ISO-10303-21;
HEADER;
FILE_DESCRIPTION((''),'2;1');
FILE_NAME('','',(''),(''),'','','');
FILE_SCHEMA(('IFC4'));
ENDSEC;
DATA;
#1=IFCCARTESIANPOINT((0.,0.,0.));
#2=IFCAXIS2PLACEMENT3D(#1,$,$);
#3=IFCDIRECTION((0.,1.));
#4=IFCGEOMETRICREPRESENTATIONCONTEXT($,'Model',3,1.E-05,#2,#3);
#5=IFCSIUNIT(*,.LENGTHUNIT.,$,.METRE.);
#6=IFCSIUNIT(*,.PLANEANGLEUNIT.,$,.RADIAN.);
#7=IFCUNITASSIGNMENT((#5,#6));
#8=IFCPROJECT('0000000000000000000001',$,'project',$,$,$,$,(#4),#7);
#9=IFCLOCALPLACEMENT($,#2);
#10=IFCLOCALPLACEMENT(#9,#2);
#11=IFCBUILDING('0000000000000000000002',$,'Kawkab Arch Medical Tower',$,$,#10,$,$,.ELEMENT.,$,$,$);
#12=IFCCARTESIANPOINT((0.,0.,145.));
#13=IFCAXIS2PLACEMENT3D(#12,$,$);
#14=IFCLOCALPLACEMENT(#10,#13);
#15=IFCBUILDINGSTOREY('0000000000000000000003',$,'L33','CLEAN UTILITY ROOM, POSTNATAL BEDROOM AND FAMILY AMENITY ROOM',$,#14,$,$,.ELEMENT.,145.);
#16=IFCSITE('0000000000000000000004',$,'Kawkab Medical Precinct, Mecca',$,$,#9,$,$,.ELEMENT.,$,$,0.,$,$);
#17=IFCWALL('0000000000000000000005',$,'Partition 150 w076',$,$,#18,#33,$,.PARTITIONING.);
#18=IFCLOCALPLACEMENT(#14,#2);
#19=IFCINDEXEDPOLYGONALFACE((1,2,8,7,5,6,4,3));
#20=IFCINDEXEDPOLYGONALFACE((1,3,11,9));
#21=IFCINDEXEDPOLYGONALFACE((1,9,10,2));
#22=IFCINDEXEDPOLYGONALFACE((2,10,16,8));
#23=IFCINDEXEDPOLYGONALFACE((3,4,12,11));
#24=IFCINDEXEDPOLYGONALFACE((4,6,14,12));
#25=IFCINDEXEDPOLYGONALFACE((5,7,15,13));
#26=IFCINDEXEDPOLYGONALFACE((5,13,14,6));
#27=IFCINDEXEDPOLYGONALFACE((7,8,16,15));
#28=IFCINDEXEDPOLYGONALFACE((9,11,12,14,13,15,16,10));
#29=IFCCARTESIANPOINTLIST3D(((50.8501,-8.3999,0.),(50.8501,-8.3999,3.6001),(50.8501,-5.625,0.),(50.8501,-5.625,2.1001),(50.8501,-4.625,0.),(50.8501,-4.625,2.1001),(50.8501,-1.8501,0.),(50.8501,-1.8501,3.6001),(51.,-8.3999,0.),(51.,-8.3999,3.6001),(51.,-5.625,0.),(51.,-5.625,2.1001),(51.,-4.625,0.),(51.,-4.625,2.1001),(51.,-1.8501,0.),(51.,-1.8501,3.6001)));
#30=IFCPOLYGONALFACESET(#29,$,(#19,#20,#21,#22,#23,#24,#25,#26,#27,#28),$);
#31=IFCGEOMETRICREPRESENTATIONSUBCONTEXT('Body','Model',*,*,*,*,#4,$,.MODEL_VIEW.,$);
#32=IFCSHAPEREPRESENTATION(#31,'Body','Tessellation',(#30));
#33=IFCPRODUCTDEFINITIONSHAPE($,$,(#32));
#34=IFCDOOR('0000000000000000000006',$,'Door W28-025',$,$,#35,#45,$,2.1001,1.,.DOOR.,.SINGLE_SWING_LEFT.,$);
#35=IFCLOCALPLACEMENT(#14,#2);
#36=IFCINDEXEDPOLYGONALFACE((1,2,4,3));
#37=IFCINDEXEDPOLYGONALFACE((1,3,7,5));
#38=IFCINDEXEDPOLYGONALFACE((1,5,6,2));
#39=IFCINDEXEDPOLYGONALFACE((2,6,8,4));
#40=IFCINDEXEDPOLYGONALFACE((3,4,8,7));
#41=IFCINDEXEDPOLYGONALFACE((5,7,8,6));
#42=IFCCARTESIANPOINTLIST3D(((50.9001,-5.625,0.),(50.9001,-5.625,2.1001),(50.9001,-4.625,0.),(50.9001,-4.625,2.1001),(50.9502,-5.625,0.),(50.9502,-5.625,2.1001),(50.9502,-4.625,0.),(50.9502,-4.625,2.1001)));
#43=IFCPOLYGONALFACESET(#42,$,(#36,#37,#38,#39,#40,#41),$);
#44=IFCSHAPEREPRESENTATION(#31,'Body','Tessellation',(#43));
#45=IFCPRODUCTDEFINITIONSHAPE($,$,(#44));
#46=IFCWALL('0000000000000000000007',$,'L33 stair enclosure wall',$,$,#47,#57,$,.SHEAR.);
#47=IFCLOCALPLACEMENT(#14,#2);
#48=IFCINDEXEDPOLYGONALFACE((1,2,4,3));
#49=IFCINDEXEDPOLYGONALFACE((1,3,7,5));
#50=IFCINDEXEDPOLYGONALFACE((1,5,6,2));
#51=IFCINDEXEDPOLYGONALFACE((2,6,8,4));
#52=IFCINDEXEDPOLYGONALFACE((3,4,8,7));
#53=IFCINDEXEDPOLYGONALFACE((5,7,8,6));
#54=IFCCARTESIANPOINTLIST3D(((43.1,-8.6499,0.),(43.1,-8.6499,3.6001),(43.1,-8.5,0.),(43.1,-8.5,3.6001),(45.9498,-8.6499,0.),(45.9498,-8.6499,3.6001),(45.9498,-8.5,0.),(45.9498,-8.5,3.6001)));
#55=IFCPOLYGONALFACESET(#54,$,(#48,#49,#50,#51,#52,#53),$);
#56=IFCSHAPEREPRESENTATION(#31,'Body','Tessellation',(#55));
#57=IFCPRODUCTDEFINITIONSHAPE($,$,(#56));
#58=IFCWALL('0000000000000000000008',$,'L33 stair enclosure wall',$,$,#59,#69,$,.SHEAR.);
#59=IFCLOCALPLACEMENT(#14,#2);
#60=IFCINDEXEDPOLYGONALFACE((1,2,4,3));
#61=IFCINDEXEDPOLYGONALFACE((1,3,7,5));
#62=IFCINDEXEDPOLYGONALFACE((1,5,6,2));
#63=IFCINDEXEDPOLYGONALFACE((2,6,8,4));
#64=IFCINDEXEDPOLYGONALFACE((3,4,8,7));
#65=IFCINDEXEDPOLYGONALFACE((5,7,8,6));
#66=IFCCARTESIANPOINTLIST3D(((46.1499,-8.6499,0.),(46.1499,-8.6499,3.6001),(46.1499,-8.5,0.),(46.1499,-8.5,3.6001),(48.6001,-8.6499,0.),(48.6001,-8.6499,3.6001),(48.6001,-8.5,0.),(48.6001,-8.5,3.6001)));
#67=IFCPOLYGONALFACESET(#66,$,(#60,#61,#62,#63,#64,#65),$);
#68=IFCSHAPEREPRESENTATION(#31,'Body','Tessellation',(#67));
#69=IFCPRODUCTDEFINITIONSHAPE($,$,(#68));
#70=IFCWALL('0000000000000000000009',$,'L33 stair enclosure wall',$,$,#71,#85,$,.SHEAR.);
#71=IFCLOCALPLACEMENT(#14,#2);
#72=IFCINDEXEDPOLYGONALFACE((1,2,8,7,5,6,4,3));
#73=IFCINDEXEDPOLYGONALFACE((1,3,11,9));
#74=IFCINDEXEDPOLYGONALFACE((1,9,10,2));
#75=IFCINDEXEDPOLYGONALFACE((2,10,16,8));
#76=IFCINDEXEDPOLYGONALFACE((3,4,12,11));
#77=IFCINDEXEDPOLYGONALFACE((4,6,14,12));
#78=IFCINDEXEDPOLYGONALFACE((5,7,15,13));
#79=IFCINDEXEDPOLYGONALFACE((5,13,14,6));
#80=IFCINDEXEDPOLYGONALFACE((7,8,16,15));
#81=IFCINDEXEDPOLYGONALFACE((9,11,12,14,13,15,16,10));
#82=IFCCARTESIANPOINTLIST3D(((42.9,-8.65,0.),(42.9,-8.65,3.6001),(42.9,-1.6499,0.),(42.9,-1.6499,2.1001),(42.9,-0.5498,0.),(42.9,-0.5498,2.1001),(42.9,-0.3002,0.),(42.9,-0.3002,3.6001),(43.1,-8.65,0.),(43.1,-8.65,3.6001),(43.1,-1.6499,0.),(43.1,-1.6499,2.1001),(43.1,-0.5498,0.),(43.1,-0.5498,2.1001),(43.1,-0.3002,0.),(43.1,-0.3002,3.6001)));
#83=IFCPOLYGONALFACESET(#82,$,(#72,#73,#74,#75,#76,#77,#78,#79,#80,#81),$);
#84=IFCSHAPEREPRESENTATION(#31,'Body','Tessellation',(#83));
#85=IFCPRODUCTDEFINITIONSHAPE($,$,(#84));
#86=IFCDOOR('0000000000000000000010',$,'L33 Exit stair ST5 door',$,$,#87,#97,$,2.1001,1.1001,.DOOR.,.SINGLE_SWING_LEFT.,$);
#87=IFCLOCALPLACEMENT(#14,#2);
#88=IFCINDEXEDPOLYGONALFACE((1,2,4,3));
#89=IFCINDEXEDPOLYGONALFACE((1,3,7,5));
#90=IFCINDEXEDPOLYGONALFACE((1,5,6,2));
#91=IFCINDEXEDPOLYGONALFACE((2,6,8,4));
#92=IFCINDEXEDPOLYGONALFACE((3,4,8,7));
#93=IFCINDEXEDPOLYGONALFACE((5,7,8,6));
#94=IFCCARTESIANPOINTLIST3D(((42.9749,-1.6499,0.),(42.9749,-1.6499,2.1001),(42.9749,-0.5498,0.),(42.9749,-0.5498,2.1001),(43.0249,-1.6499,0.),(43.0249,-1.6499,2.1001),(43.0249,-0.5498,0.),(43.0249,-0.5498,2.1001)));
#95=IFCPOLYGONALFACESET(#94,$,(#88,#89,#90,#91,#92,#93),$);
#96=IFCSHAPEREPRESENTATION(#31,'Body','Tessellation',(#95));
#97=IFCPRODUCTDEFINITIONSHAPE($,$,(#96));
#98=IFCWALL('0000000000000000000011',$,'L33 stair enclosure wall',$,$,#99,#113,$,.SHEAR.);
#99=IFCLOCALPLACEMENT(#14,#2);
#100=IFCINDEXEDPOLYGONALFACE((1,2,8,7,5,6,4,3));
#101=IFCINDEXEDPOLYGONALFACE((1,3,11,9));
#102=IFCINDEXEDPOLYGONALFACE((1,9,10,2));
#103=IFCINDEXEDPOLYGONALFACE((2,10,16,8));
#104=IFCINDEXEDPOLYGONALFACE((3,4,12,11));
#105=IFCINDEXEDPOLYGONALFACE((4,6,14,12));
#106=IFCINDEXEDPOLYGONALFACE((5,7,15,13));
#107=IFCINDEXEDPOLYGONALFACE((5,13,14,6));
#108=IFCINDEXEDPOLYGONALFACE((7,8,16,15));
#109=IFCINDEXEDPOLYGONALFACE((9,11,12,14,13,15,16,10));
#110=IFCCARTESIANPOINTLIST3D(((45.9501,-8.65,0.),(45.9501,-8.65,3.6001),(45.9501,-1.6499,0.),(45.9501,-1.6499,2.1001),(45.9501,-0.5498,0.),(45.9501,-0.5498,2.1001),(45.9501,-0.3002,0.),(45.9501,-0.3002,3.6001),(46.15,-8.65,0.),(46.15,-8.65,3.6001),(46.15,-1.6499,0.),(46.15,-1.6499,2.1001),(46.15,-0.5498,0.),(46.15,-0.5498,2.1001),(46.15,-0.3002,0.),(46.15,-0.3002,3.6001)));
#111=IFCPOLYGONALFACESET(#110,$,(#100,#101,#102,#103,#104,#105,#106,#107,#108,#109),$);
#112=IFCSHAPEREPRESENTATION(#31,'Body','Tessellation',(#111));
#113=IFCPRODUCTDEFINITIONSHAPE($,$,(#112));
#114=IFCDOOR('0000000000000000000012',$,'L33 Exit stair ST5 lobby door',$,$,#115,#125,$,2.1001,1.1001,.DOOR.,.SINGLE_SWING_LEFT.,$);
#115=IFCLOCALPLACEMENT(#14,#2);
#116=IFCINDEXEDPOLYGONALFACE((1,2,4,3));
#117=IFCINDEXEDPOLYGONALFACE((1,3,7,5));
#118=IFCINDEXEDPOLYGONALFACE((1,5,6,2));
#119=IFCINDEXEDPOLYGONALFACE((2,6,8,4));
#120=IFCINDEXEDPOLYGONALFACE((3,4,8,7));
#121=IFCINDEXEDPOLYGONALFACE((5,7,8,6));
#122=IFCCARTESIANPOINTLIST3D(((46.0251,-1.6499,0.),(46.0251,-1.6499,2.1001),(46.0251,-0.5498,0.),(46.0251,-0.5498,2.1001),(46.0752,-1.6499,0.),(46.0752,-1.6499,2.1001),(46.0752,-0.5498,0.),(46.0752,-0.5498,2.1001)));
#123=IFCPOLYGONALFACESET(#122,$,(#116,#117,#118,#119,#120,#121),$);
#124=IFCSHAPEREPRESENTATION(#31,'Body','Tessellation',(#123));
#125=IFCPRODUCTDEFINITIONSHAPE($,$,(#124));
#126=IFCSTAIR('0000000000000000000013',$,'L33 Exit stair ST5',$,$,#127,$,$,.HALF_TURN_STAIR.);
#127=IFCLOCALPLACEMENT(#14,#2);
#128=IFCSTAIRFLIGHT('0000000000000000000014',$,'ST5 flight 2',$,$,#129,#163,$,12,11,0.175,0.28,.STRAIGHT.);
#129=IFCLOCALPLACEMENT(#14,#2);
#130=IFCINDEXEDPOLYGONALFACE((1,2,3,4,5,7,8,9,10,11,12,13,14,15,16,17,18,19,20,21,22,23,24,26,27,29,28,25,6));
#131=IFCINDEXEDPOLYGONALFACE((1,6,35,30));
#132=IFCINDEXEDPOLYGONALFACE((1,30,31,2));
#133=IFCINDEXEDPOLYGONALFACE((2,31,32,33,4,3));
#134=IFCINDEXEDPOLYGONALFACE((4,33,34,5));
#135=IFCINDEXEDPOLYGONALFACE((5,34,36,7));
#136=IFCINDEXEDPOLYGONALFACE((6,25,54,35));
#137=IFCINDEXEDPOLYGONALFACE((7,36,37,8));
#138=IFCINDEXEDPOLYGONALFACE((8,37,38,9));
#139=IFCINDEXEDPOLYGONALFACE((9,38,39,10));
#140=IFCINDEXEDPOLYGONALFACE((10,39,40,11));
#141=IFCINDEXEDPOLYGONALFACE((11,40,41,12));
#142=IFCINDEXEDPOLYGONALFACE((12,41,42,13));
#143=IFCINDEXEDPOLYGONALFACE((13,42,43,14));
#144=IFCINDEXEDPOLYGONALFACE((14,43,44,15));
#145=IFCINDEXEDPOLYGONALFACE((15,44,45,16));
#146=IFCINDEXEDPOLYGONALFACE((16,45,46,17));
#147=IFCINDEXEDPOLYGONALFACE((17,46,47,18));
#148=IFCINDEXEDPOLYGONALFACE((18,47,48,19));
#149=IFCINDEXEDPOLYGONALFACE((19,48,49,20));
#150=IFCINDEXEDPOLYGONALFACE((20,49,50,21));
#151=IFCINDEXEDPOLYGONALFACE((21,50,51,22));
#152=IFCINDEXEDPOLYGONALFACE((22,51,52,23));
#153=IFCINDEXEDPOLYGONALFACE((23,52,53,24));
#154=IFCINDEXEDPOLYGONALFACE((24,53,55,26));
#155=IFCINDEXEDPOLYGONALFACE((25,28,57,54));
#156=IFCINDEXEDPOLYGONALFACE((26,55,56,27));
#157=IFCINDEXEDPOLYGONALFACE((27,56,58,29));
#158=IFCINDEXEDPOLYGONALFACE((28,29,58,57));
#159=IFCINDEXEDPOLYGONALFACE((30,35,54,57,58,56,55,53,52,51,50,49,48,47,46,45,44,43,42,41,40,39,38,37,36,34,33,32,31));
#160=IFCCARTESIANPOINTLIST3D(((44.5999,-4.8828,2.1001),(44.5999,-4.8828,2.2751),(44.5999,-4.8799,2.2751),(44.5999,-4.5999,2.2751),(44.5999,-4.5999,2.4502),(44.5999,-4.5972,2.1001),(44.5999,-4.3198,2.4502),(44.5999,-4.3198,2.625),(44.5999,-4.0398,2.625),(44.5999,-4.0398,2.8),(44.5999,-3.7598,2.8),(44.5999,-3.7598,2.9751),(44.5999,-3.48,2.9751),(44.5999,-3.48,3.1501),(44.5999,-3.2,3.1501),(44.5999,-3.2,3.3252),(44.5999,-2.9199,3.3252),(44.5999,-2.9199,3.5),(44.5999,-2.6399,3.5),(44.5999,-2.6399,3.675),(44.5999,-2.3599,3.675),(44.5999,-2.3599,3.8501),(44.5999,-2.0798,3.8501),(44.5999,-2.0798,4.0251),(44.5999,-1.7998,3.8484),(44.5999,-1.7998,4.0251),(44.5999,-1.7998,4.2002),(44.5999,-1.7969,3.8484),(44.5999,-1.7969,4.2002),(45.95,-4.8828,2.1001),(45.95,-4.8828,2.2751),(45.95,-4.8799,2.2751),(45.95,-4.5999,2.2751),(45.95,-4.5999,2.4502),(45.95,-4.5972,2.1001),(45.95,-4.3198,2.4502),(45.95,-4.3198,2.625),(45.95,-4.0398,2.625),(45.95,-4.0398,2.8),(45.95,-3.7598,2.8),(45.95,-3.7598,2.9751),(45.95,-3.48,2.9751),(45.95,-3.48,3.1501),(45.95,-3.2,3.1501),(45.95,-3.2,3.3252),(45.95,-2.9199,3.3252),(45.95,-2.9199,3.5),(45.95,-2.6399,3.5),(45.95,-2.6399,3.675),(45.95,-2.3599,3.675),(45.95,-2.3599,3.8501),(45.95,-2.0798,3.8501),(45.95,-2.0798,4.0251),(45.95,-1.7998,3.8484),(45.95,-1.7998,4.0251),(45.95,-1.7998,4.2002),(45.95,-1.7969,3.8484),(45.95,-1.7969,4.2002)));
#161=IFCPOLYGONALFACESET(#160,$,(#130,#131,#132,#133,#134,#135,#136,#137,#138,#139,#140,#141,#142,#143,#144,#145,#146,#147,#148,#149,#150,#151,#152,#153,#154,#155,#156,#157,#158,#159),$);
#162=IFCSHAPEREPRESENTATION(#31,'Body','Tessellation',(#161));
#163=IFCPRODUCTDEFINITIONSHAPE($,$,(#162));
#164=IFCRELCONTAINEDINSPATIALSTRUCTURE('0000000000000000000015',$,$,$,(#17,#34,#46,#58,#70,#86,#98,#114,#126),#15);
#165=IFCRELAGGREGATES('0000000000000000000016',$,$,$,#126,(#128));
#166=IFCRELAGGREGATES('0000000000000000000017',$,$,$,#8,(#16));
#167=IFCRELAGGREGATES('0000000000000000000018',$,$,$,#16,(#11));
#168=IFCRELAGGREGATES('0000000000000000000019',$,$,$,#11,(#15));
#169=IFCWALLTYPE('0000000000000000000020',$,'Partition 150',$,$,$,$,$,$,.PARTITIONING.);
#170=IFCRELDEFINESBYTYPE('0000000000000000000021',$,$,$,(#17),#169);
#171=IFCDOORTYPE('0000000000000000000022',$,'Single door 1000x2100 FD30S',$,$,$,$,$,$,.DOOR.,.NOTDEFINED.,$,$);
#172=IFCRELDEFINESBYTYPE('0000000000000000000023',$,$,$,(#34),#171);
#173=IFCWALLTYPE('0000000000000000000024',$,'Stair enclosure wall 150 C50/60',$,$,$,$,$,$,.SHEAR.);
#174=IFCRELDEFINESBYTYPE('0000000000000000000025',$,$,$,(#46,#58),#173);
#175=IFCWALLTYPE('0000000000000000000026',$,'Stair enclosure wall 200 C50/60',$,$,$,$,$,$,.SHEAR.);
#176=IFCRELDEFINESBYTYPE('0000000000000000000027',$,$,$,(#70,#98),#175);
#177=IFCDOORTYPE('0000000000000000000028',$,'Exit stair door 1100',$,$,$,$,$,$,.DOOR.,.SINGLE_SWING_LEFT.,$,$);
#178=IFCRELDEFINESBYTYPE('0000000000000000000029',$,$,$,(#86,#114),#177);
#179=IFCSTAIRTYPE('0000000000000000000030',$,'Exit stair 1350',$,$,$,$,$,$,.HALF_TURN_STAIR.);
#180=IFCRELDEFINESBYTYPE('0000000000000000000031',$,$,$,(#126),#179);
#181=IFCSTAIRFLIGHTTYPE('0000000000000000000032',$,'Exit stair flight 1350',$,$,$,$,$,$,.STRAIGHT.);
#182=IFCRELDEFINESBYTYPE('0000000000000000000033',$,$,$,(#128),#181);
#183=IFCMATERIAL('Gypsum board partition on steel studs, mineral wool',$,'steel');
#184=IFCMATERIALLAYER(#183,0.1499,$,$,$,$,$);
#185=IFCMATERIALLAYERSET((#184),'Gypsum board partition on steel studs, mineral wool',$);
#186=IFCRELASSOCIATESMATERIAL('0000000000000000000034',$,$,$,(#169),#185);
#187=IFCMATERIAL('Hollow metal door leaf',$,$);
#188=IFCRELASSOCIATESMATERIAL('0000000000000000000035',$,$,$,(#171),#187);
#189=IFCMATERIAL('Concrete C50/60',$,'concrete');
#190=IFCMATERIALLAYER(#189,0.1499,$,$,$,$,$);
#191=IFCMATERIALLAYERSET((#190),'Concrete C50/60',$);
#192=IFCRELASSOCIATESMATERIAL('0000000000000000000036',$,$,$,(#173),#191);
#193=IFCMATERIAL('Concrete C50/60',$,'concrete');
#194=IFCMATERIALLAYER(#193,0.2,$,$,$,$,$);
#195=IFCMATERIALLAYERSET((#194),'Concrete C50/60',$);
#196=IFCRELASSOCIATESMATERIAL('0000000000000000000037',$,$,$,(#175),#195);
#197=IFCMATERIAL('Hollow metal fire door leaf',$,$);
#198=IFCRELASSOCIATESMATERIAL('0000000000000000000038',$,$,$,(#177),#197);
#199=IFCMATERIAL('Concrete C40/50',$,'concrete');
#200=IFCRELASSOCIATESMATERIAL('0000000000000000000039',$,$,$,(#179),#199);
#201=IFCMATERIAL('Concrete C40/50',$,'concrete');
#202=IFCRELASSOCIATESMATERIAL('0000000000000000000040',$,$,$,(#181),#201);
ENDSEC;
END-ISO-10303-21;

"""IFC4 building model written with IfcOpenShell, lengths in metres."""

from ifc_helpers import new_model, si_unit, direction, frame, frame_2d, origin, place, context, subcontext, project, spatial, polyline, rectangle, outline, extrude, material, layer, layer_set, type_object, element, fill, aggregate, save


model = new_model("IFC4")

# Units and contexts
model_context = context("Model", 3, precision=1e-05, world=origin(), true_north=direction((0.0, 1.0)))
body_context = subcontext(model_context, "Body", "Model", "MODEL_VIEW")
ifc_project = project(units=[si_unit("LENGTHUNIT", "METRE"), si_unit("PLANEANGLEUNIT", "RADIAN")], contexts=[model_context])

# Site, building, storey
site_placement = place(None, origin())
site = spatial("IfcSite", under=ifc_project, at=site_placement, Name="Kawkab Medical Precinct, Mecca", CompositionType="ELEMENT", RefElevation=0.0)
building_placement = place(site_placement, origin())
building = spatial("IfcBuilding", under=site, at=building_placement, Name="Kawkab Arch Medical Tower", CompositionType="ELEMENT")
storey_placement = place(building_placement, frame((0.0, 0.0, 145.0)))
storey = spatial("IfcBuildingStorey", under=building, at=storey_placement, Name="L33", Description="CLEAN UTILITY ROOM, POSTNATAL BEDROOM AND FAMILY AMENITY ROOM", CompositionType="ELEMENT", Elevation=145.0)

# Shared definitions
ifc_material_1 = material(Name="Gypsum board partition on steel studs, mineral wool", Category="steel")
ifc_layer_1 = layer(ifc_material_1, 0.1499)
ifc_layer_set_1 = layer_set([ifc_layer_1], Name="Gypsum board partition on steel studs, mineral wool")
wall_type_1 = type_object("IfcWallType", Name="Partition 150", PredefinedType="PARTITIONING", material=ifc_layer_set_1)
ifc_material_2 = material(Name="Hollow metal door leaf")
door_type_1 = type_object("IfcDoorType", Name="Single door 1000x2100 FD30S", OperationType="NOTDEFINED", PredefinedType="DOOR", material=ifc_material_2)

# Wall, opening, door
wall_1_placement = place(storey_placement, frame((50.925, -8.3999, 0.0), z_axis=(0.0, 0.0, 1.0), x_axis=(0.0, 1.0, 0.0)))
wall_1 = element("IfcWall", 1, at=wall_1_placement, inside=storey, type_object=wall_type_1, Name="Partition 150 w076", PredefinedType="PARTITIONING", context=body_context, shape_type="SweptSolid", body=[
    extrude(rectangle(XDim=6.5498, YDim=0.1499, at=frame_2d((3.2749, 0.0))), origin(), (0.0, 0.0, 1.0), 3.6001),
])
opening_1_placement = place(wall_1_placement, frame((2.7749, 0.0, 0.0)))
opening_1 = element("IfcOpeningElement", 2, at=opening_1_placement, cuts=wall_1, PredefinedType="OPENING", context=body_context, shape_type="SweptSolid", body=[
    extrude(rectangle(XDim=1.0, YDim=2.1001, at=frame_2d((0.5, 1.05))), frame((0.0, 0.085, 0.0), z_axis=(0.0, -1.0, 0.0), x_axis=(1.0, 0.0, 0.0)), (0.0, 0.0, 1.0), 0.1699),
])
door_1_placement = place(opening_1_placement, origin())
door_1 = element("IfcDoor", 3, at=door_1_placement, inside=storey, type_object=door_type_1, Name="Door W28-025", OperationType="SINGLE_SWING_LEFT", OverallHeight=2.1001, OverallWidth=1.0, PredefinedType="DOOR", context=body_context, shape_type="SweptSolid", body=[
    extrude(rectangle(XDim=1.0, YDim=2.1001, at=frame_2d((0.5, 1.05))), frame((0.0, 0.0249, 0.0), z_axis=(0.0, -1.0, 0.0), x_axis=(1.0, 0.0, 0.0)), (0.0, 0.0, 1.0), 0.05),
])
fill(opening_1, door_1)

# Walls
ifc_material_3 = material(Name="Concrete C50/60", Category="concrete")
ifc_layer_2 = layer(ifc_material_3, 0.1499)
ifc_layer_set_2 = layer_set([ifc_layer_2], Name="Concrete C50/60")
wall_type_2 = type_object("IfcWallType", Name="Stair enclosure wall 150 C50/60", PredefinedType="SHEAR", material=ifc_layer_set_2)
wall_2_placement = place(storey_placement, frame((43.1001, -8.575, 0.0), z_axis=(0.0, 0.0, 1.0), x_axis=(1.0, 0.0, 0.0)))
element("IfcWall", 4, at=wall_2_placement, inside=storey, type_object=wall_type_2, Name="L33 stair enclosure wall", PredefinedType="SHEAR", context=body_context, shape_type="SweptSolid", body=[
    extrude(rectangle(XDim=2.8499, YDim=0.1499, at=frame_2d((1.4248, 0.0))), origin(), (0.0, 0.0, 1.0), 3.6001),
])
wall_3_placement = place(storey_placement, frame((46.1499, -8.575, 0.0), z_axis=(0.0, 0.0, 1.0), x_axis=(1.0, 0.0, 0.0)))
element("IfcWall", 5, at=wall_3_placement, inside=storey, type_object=wall_type_2, Name="L33 stair enclosure wall", PredefinedType="SHEAR", context=body_context, shape_type="SweptSolid", body=[
    extrude(rectangle(XDim=2.4502, YDim=0.1499, at=frame_2d((1.2251, 0.0))), origin(), (0.0, 0.0, 1.0), 3.6001),
])

# Walls, openings, doors
ifc_material_4 = material(Name="Concrete C50/60", Category="concrete")
ifc_layer_3 = layer(ifc_material_4, 0.2)
ifc_layer_set_3 = layer_set([ifc_layer_3], Name="Concrete C50/60")
wall_type_3 = type_object("IfcWallType", Name="Stair enclosure wall 200 C50/60", PredefinedType="SHEAR", material=ifc_layer_set_3)
wall_4_placement = place(storey_placement, frame((43.0, -8.6499, 0.0), z_axis=(0.0, 0.0, 1.0), x_axis=(0.0, 1.0, 0.0)))
wall_4 = element("IfcWall", 6, at=wall_4_placement, inside=storey, type_object=wall_type_3, Name="L33 stair enclosure wall", PredefinedType="SHEAR", context=body_context, shape_type="SweptSolid", body=[
    extrude(rectangle(XDim=8.3499, YDim=0.2, at=frame_2d((4.1748, 0.0))), origin(), (0.0, 0.0, 1.0), 3.6001),
])
opening_2_placement = place(wall_4_placement, frame((7.0, 0.0, 0.0)))
opening_2 = element("IfcOpeningElement", 7, at=opening_2_placement, cuts=wall_4, PredefinedType="OPENING", context=body_context, shape_type="SweptSolid", body=[
    extrude(rectangle(XDim=1.1001, YDim=2.1001, at=frame_2d((0.55, 1.05))), frame((0.0, 0.1099, 0.0), z_axis=(0.0, -1.0, 0.0), x_axis=(1.0, 0.0, 0.0)), (0.0, 0.0, 1.0), 0.22),
])
ifc_material_5 = material(Name="Hollow metal fire door leaf")
door_type_2 = type_object("IfcDoorType", Name="Exit stair door 1100", OperationType="SINGLE_SWING_LEFT", PredefinedType="DOOR", material=ifc_material_5)
door_2_placement = place(opening_2_placement, frame((1.1001, 0.0, 0.0), z_axis=(0.0, 0.0, 1.0), x_axis=(-1.0, 0.0, 0.0)))
door_2 = element("IfcDoor", 8, at=door_2_placement, inside=storey, type_object=door_type_2, Name="L33 Exit stair ST5 door", OperationType="SINGLE_SWING_LEFT", OverallHeight=2.1001, OverallWidth=1.1001, PredefinedType="DOOR", context=body_context, shape_type="SweptSolid", body=[
    extrude(rectangle(XDim=1.1001, YDim=2.1001, at=frame_2d((0.55, 1.05))), frame((0.0, 0.0249, 0.0), z_axis=(0.0, -1.0, 0.0), x_axis=(1.0, 0.0, 0.0)), (0.0, 0.0, 1.0), 0.05),
])
fill(opening_2, door_2)
wall_5_placement = place(storey_placement, frame((46.05, -8.6499, 0.0), z_axis=(0.0, 0.0, 1.0), x_axis=(0.0, 1.0, 0.0)))
wall_5 = element("IfcWall", 9, at=wall_5_placement, inside=storey, type_object=wall_type_3, Name="L33 stair enclosure wall", PredefinedType="SHEAR", context=body_context, shape_type="SweptSolid", body=[
    extrude(rectangle(XDim=8.3499, YDim=0.2, at=frame_2d((4.1748, 0.0))), origin(), (0.0, 0.0, 1.0), 3.6001),
])
opening_3_placement = place(wall_5_placement, frame((7.0, 0.0, 0.0)))
opening_3 = element("IfcOpeningElement", 10, at=opening_3_placement, cuts=wall_5, PredefinedType="OPENING", context=body_context, shape_type="SweptSolid", body=[
    extrude(rectangle(XDim=1.1001, YDim=2.1001, at=frame_2d((0.55, 1.05))), frame((0.0, 0.1099, 0.0), z_axis=(0.0, -1.0, 0.0), x_axis=(1.0, 0.0, 0.0)), (0.0, 0.0, 1.0), 0.22),
])
door_3_placement = place(opening_3_placement, origin())
door_3 = element("IfcDoor", 11, at=door_3_placement, inside=storey, type_object=door_type_2, Name="L33 Exit stair ST5 lobby door", OperationType="SINGLE_SWING_LEFT", OverallHeight=2.1001, OverallWidth=1.1001, PredefinedType="DOOR", context=body_context, shape_type="SweptSolid", body=[
    extrude(rectangle(XDim=1.1001, YDim=2.1001, at=frame_2d((0.55, 1.05))), frame((0.0, 0.0249, 0.0), z_axis=(0.0, -1.0, 0.0), x_axis=(1.0, 0.0, 0.0)), (0.0, 0.0, 1.0), 0.05),
])
fill(opening_3, door_3)

# Stair, stair flight
ifc_material_6 = material(Name="Concrete C40/50", Category="concrete")
stair_type = type_object("IfcStairType", Name="Exit stair 1350", PredefinedType="HALF_TURN_STAIR", material=ifc_material_6)
stair_placement = place(storey_placement, origin())
stair = element("IfcStair", 12, at=stair_placement, inside=storey, type_object=stair_type, Name="L33 Exit stair ST5", PredefinedType="HALF_TURN_STAIR")
ifc_material_7 = material(Name="Concrete C40/50", Category="concrete")
stair_flight_type = type_object("IfcStairFlightType", Name="Exit stair flight 1350", PredefinedType="STRAIGHT", material=ifc_material_7)
stair_flight_placement = place(storey_placement, frame((45.2749, -4.8799, 2.1001), z_axis=(0.0, 0.0, 1.0), x_axis=(0.0, 1.0, 0.0)))
stair_flight = element("IfcStairFlight", 13, at=stair_flight_placement, type_object=stair_flight_type, Name="ST5 flight 2", NumberOfRisers=12, NumberOfTreads=11, PredefinedType="STRAIGHT", RiserHeight=0.175, TreadLength=0.28, context=body_context, shape_type="SweptSolid", body=[
    extrude(outline(polyline([(-0.0029, 0.0), (-0.0029, 0.175), (0.0, 0.175), (0.28, 0.175), (0.28, 0.3501), (0.5601, 0.3501), (0.5601, 0.5249), (0.8401, 0.5249), (0.8401, 0.7), (1.1201, 0.7), (1.1201, 0.875), (1.3999, 0.875), (1.3999, 1.05), (1.6799, 1.05), (1.6799, 1.2251), (1.96, 1.2251), (1.96, 1.3999), (2.24, 1.3999), (2.24, 1.575), (2.52, 1.575), (2.52, 1.75), (2.8, 1.75), (2.8, 1.925), (3.0801, 1.925), (3.0801, 2.1001), (3.083, 2.1001), (3.083, 1.7483), (3.0801, 1.7483), (0.2827, 0.0), (-0.0029, 0.0)])), frame((0.0, 0.675, 0.0), z_axis=(0.0, -1.0, 0.0), x_axis=(1.0, 0.0, 0.0)), (0.0, 0.0, 1.0), 1.3501),
])
aggregate(stair, [stair_flight])

save(model, "model.ifc")
